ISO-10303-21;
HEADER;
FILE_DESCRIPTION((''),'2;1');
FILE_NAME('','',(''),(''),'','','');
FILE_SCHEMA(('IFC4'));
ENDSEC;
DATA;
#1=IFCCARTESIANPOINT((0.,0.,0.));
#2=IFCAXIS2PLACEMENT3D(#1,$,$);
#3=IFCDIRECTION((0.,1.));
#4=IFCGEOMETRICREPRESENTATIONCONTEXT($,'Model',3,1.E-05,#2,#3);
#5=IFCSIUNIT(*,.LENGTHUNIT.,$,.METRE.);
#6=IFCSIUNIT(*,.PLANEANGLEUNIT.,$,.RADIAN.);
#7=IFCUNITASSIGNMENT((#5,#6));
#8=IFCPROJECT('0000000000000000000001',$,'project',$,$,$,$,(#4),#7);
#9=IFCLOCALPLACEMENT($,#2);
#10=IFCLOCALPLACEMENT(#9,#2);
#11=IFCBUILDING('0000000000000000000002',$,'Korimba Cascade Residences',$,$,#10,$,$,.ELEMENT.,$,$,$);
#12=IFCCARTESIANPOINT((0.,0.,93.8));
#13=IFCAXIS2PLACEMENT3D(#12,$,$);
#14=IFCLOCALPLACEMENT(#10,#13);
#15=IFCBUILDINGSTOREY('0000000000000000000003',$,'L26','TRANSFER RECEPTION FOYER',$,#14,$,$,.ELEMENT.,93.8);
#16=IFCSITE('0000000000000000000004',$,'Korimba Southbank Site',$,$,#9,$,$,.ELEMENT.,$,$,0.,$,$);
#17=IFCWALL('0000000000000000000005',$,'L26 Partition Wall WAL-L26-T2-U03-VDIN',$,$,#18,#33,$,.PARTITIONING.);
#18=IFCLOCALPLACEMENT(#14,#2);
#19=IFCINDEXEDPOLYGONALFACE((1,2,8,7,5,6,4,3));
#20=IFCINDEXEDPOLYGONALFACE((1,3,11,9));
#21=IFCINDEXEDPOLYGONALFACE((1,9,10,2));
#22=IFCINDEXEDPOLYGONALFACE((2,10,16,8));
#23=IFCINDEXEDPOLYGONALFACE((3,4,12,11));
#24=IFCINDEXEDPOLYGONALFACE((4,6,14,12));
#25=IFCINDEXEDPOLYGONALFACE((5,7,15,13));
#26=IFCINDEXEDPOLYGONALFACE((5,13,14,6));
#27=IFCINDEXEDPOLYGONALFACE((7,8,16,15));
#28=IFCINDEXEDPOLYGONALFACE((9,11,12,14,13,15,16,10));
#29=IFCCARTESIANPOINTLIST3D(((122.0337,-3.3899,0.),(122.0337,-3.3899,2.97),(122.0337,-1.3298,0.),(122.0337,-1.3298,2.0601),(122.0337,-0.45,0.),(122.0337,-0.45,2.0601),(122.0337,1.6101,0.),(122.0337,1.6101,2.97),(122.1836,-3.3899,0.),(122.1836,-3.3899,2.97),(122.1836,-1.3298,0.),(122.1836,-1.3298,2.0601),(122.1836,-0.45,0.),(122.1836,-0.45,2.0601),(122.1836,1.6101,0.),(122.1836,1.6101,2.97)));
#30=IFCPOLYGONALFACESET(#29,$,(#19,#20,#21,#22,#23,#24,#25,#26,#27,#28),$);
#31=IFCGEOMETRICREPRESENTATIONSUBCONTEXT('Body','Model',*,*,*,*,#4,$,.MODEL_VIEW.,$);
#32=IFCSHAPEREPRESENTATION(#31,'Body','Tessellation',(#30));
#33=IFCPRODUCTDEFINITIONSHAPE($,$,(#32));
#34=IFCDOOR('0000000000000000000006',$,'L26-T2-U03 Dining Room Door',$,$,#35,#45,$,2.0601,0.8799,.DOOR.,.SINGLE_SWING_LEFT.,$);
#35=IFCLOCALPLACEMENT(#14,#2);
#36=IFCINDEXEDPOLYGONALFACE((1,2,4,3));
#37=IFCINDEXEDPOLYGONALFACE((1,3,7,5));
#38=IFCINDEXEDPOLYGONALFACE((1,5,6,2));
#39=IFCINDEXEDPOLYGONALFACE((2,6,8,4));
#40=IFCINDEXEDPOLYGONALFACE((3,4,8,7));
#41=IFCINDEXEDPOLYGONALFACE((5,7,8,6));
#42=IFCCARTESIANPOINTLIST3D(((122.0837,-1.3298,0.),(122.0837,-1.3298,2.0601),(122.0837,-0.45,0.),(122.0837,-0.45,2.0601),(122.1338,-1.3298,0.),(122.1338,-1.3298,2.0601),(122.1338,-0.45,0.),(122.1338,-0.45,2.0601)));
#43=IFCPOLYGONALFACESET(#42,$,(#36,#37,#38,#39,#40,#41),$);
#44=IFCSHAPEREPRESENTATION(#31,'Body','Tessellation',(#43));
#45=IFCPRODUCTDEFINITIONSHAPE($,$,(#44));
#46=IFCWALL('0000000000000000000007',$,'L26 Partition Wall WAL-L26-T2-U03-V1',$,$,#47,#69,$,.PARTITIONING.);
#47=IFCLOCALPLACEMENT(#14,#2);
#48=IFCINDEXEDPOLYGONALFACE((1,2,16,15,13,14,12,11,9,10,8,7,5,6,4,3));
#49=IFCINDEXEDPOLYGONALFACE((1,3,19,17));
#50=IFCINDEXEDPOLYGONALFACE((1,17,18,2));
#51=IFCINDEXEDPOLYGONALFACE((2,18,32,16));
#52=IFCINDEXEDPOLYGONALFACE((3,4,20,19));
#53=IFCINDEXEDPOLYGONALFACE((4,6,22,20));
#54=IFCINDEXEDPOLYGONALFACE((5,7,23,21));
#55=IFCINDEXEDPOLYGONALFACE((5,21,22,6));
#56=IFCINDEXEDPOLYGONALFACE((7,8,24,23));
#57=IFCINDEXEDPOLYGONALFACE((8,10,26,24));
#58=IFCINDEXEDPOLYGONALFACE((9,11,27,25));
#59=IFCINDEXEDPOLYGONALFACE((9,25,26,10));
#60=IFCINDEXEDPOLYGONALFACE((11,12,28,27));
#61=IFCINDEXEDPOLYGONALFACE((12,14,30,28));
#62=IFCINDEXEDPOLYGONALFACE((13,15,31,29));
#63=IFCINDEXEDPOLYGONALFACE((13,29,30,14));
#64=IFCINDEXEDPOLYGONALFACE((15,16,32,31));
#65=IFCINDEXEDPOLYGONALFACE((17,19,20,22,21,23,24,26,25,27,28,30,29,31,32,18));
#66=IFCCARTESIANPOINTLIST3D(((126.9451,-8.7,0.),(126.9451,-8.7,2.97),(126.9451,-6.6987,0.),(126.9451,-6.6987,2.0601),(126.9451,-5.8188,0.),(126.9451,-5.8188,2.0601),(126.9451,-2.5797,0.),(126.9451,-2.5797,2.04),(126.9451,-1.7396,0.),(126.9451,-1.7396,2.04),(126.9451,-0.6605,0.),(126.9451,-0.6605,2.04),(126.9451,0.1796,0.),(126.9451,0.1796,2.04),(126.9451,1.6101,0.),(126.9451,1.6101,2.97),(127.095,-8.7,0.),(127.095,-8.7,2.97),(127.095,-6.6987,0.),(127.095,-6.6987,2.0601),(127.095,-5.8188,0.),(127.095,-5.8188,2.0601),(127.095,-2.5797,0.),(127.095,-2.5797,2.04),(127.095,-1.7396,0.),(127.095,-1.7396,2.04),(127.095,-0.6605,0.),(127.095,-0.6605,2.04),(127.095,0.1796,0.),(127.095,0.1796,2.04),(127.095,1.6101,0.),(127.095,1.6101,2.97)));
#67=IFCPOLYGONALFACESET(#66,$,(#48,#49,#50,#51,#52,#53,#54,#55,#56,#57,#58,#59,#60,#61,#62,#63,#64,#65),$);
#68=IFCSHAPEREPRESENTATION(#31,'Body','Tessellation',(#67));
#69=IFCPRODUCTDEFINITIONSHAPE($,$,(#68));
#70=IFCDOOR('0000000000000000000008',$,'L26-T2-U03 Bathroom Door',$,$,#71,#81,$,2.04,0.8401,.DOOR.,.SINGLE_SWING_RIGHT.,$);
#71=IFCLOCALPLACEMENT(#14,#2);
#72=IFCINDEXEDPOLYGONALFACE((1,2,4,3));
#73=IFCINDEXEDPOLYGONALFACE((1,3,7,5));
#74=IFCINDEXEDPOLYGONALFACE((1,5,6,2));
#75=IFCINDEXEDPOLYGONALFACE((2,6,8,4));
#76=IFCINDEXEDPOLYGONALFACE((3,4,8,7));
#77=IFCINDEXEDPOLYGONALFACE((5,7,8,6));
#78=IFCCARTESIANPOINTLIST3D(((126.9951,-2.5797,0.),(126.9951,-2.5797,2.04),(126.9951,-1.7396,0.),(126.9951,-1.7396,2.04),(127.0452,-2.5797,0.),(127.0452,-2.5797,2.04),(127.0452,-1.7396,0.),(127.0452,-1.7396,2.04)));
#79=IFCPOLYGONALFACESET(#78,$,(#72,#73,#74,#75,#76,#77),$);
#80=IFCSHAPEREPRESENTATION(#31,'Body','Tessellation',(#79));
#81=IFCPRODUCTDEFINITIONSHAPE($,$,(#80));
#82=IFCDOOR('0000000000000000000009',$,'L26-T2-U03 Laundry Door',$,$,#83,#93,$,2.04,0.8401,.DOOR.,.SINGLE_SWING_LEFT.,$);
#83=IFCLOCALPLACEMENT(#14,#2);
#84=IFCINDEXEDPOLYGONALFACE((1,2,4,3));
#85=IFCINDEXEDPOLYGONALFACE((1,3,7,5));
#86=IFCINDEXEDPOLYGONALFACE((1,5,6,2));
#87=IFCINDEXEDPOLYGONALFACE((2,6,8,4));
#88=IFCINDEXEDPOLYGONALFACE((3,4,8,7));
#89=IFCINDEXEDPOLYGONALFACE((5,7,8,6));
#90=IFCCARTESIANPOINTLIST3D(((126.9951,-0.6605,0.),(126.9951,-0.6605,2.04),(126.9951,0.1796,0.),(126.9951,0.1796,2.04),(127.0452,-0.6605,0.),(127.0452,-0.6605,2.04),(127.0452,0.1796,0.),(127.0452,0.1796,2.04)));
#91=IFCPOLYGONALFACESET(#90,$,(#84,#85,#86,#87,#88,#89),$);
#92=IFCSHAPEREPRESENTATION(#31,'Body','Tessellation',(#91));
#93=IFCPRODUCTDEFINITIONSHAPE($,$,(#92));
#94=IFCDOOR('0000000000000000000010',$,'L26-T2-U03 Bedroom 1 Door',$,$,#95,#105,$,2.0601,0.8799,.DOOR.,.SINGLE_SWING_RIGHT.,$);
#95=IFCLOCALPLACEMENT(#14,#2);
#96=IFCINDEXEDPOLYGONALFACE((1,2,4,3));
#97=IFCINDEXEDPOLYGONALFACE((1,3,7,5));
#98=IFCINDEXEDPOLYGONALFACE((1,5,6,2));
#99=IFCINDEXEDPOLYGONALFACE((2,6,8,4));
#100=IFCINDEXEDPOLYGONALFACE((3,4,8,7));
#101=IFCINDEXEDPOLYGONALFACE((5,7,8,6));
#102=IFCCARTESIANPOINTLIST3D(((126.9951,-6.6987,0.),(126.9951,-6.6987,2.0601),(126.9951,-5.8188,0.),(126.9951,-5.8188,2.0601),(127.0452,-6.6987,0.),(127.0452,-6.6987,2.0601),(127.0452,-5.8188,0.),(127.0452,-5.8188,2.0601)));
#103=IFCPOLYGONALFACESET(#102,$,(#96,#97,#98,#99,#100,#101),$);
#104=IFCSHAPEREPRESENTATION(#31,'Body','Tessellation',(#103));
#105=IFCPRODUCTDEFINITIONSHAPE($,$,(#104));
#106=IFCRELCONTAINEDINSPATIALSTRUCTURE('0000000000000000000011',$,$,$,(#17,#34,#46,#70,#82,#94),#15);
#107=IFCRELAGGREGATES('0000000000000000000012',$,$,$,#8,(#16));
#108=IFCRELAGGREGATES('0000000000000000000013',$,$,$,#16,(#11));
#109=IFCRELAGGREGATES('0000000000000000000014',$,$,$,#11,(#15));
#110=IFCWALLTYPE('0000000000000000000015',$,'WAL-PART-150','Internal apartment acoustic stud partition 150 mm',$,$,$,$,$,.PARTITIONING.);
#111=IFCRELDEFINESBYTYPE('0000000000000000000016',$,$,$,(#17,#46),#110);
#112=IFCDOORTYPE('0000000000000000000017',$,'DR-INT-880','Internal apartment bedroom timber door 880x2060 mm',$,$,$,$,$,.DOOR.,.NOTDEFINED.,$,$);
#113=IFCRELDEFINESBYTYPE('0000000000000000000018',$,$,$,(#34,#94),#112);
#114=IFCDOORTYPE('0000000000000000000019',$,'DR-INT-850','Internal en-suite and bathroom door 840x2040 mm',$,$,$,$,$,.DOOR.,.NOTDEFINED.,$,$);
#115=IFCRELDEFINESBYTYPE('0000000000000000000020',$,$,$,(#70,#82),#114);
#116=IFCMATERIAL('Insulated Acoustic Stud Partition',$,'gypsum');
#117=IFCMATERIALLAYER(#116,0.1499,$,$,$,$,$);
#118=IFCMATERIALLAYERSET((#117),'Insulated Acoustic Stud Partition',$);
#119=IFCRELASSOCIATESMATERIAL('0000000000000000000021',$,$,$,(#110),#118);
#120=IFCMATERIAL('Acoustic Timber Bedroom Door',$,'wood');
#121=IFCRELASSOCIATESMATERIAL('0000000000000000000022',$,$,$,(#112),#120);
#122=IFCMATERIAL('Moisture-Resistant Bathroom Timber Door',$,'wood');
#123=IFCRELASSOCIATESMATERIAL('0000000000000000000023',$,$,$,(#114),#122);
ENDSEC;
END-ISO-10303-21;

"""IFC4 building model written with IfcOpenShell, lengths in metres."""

from ifc_helpers import new_model, si_unit, direction, frame, frame_2d, origin, place, context, subcontext, project, spatial, rectangle, extrude, material, layer, layer_set, type_object, element, fill, save


model = new_model("IFC4")

# Units and contexts
model_context = context("Model", 3, precision=1e-05, world=origin(), true_north=direction((0.0, 1.0)))
body_context = subcontext(model_context, "Body", "Model", "MODEL_VIEW")
ifc_project = project(units=[si_unit("LENGTHUNIT", "METRE"), si_unit("PLANEANGLEUNIT", "RADIAN")], contexts=[model_context])

# Site, building, storey
site_placement = place(None, origin())
site = spatial("IfcSite", under=ifc_project, at=site_placement, Name="Korimba Southbank Site", CompositionType="ELEMENT", RefElevation=0.0)
building_placement = place(site_placement, origin())
building = spatial("IfcBuilding", under=site, at=building_placement, Name="Korimba Cascade Residences", CompositionType="ELEMENT")
storey_placement = place(building_placement, frame((0.0, 0.0, 93.8)))
storey = spatial("IfcBuildingStorey", under=building, at=storey_placement, Name="L26", Description="TRANSFER RECEPTION FOYER", CompositionType="ELEMENT", Elevation=93.8)

# Wall, opening, door
ifc_material_1 = material(Name="Insulated Acoustic Stud Partition", Category="gypsum")
ifc_layer_1 = layer(ifc_material_1, 0.1499)
ifc_layer_set_1 = layer_set([ifc_layer_1], Name="Insulated Acoustic Stud Partition")
wall_type_1 = type_object("IfcWallType", Name="WAL-PART-150", Description="Internal apartment acoustic stud partition 150 mm", PredefinedType="PARTITIONING", material=ifc_layer_set_1)
wall_1_placement = place(storey_placement, frame((122.1086, -3.3899, 0.0), z_axis=(0.0, 0.0, 1.0), x_axis=(0.0, 1.0, 0.0)))
wall_1 = element("IfcWall", 1, at=wall_1_placement, inside=storey, type_object=wall_type_1, Name="L26 Partition Wall WAL-L26-T2-U03-VDIN", PredefinedType="PARTITIONING", context=body_context, shape_type="SweptSolid", body=[
    extrude(rectangle(XDim=5.0, YDim=0.1499, at=frame_2d((2.5, 0.0))), origin(), (0.0, 0.0, 1.0), 2.97),
])
opening_1_placement = place(wall_1_placement, frame((2.0601, 0.0, 0.0)))
opening_1 = element("IfcOpeningElement", 2, at=opening_1_placement, cuts=wall_1, PredefinedType="OPENING", context=body_context, shape_type="SweptSolid", body=[
    extrude(rectangle(XDim=0.8799, YDim=2.0601, at=frame_2d((0.4399, 1.03))), frame((0.0, 0.085, 0.0), z_axis=(0.0, -1.0, 0.0), x_axis=(1.0, 0.0, 0.0)), (0.0, 0.0, 1.0), 0.1699),
])
ifc_material_2 = material(Name="Acoustic Timber Bedroom Door", Category="wood")
door_type_1 = type_object("IfcDoorType", Name="DR-INT-880", Description="Internal apartment bedroom timber door 880x2060 mm", OperationType="NOTDEFINED", PredefinedType="DOOR", material=ifc_material_2)
door_1_placement = place(opening_1_placement, origin())
door_1 = element("IfcDoor", 3, at=door_1_placement, inside=storey, type_object=door_type_1, Name="L26-T2-U03 Dining Room Door", OperationType="SINGLE_SWING_LEFT", OverallHeight=2.0601, OverallWidth=0.8799, PredefinedType="DOOR", context=body_context, shape_type="SweptSolid", body=[
    extrude(rectangle(XDim=0.8799, YDim=2.0601, at=frame_2d((0.4399, 1.03))), frame((0.0, 0.0249, 0.0), z_axis=(0.0, -1.0, 0.0), x_axis=(1.0, 0.0, 0.0)), (0.0, 0.0, 1.0), 0.05),
])
fill(opening_1, door_1)

# Wall, openings, doors
wall_2_placement = place(storey_placement, frame((127.02, -8.7, 0.0), z_axis=(0.0, 0.0, 1.0), x_axis=(0.0, 1.0, 0.0)))
wall_2 = element("IfcWall", 4, at=wall_2_placement, inside=storey, type_object=wall_type_1, Name="L26 Partition Wall WAL-L26-T2-U03-V1", PredefinedType="PARTITIONING", context=body_context, shape_type="SweptSolid", body=[
    extrude(rectangle(XDim=10.3101, YDim=0.1499, at=frame_2d((5.155, 0.0))), origin(), (0.0, 0.0, 1.0), 2.97),
])
opening_2_placement = place(wall_2_placement, frame((6.1204, 0.0, 0.0)))
opening_2 = element("IfcOpeningElement", 5, at=opening_2_placement, cuts=wall_2, PredefinedType="OPENING", context=body_context, shape_type="SweptSolid", body=[
    extrude(rectangle(XDim=0.8401, YDim=2.04, at=frame_2d((0.4199, 1.02))), frame((0.0, 0.085, 0.0), z_axis=(0.0, -1.0, 0.0), x_axis=(1.0, 0.0, 0.0)), (0.0, 0.0, 1.0), 0.1699),
])
opening_3_placement = place(wall_2_placement, frame((8.0396, 0.0, 0.0)))
opening_3 = element("IfcOpeningElement", 6, at=opening_3_placement, cuts=wall_2, PredefinedType="OPENING", context=body_context, shape_type="SweptSolid", body=[
    extrude(rectangle(XDim=0.8401, YDim=2.04, at=frame_2d((0.4199, 1.02))), frame((0.0, 0.085, 0.0), z_axis=(0.0, -1.0, 0.0), x_axis=(1.0, 0.0, 0.0)), (0.0, 0.0, 1.0), 0.1699),
])
opening_4_placement = place(wall_2_placement, frame((2.0012, 0.0, 0.0)))
opening_4 = element("IfcOpeningElement", 7, at=opening_4_placement, cuts=wall_2, PredefinedType="OPENING", context=body_context, shape_type="SweptSolid", body=[
    extrude(rectangle(XDim=0.8799, YDim=2.0601, at=frame_2d((0.4399, 1.03))), frame((0.0, 0.085, 0.0), z_axis=(0.0, -1.0, 0.0), x_axis=(1.0, 0.0, 0.0)), (0.0, 0.0, 1.0), 0.1699),
])
ifc_material_3 = material(Name="Moisture-Resistant Bathroom Timber Door", Category="wood")
door_type_2 = type_object("IfcDoorType", Name="DR-INT-850", Description="Internal en-suite and bathroom door 840x2040 mm", OperationType="NOTDEFINED", PredefinedType="DOOR", material=ifc_material_3)
door_2_placement = place(opening_2_placement, origin())
door_2 = element("IfcDoor", 8, at=door_2_placement, inside=storey, type_object=door_type_2, Name="L26-T2-U03 Bathroom Door", OperationType="SINGLE_SWING_RIGHT", OverallHeight=2.04, OverallWidth=0.8401, PredefinedType="DOOR", context=body_context, shape_type="SweptSolid", body=[
    extrude(rectangle(XDim=0.8401, YDim=2.04, at=frame_2d((0.4199, 1.02))), frame((0.0, 0.0249, 0.0), z_axis=(0.0, -1.0, 0.0), x_axis=(1.0, 0.0, 0.0)), (0.0, 0.0, 1.0), 0.05),
])
fill(opening_2, door_2)
door_3_placement = place(opening_3_placement, origin())
door_3 = element("IfcDoor", 9, at=door_3_placement, inside=storey, type_object=door_type_2, Name="L26-T2-U03 Laundry Door", OperationType="SINGLE_SWING_LEFT", OverallHeight=2.04, OverallWidth=0.8401, PredefinedType="DOOR", context=body_context, shape_type="SweptSolid", body=[
    extrude(rectangle(XDim=0.8401, YDim=2.04, at=frame_2d((0.4199, 1.02))), frame((0.0, 0.0249, 0.0), z_axis=(0.0, -1.0, 0.0), x_axis=(1.0, 0.0, 0.0)), (0.0, 0.0, 1.0), 0.05),
])
fill(opening_3, door_3)
door_4_placement = place(opening_4_placement, origin())
door_4 = element("IfcDoor", 10, at=door_4_placement, inside=storey, type_object=door_type_1, Name="L26-T2-U03 Bedroom 1 Door", OperationType="SINGLE_SWING_RIGHT", OverallHeight=2.0601, OverallWidth=0.8799, PredefinedType="DOOR", context=body_context, shape_type="SweptSolid", body=[
    extrude(rectangle(XDim=0.8799, YDim=2.0601, at=frame_2d((0.4399, 1.03))), frame((0.0, 0.0249, 0.0), z_axis=(0.0, -1.0, 0.0), x_axis=(1.0, 0.0, 0.0)), (0.0, 0.0, 1.0), 0.05),
])
fill(opening_4, door_4)

save(model, "model.ifc")
